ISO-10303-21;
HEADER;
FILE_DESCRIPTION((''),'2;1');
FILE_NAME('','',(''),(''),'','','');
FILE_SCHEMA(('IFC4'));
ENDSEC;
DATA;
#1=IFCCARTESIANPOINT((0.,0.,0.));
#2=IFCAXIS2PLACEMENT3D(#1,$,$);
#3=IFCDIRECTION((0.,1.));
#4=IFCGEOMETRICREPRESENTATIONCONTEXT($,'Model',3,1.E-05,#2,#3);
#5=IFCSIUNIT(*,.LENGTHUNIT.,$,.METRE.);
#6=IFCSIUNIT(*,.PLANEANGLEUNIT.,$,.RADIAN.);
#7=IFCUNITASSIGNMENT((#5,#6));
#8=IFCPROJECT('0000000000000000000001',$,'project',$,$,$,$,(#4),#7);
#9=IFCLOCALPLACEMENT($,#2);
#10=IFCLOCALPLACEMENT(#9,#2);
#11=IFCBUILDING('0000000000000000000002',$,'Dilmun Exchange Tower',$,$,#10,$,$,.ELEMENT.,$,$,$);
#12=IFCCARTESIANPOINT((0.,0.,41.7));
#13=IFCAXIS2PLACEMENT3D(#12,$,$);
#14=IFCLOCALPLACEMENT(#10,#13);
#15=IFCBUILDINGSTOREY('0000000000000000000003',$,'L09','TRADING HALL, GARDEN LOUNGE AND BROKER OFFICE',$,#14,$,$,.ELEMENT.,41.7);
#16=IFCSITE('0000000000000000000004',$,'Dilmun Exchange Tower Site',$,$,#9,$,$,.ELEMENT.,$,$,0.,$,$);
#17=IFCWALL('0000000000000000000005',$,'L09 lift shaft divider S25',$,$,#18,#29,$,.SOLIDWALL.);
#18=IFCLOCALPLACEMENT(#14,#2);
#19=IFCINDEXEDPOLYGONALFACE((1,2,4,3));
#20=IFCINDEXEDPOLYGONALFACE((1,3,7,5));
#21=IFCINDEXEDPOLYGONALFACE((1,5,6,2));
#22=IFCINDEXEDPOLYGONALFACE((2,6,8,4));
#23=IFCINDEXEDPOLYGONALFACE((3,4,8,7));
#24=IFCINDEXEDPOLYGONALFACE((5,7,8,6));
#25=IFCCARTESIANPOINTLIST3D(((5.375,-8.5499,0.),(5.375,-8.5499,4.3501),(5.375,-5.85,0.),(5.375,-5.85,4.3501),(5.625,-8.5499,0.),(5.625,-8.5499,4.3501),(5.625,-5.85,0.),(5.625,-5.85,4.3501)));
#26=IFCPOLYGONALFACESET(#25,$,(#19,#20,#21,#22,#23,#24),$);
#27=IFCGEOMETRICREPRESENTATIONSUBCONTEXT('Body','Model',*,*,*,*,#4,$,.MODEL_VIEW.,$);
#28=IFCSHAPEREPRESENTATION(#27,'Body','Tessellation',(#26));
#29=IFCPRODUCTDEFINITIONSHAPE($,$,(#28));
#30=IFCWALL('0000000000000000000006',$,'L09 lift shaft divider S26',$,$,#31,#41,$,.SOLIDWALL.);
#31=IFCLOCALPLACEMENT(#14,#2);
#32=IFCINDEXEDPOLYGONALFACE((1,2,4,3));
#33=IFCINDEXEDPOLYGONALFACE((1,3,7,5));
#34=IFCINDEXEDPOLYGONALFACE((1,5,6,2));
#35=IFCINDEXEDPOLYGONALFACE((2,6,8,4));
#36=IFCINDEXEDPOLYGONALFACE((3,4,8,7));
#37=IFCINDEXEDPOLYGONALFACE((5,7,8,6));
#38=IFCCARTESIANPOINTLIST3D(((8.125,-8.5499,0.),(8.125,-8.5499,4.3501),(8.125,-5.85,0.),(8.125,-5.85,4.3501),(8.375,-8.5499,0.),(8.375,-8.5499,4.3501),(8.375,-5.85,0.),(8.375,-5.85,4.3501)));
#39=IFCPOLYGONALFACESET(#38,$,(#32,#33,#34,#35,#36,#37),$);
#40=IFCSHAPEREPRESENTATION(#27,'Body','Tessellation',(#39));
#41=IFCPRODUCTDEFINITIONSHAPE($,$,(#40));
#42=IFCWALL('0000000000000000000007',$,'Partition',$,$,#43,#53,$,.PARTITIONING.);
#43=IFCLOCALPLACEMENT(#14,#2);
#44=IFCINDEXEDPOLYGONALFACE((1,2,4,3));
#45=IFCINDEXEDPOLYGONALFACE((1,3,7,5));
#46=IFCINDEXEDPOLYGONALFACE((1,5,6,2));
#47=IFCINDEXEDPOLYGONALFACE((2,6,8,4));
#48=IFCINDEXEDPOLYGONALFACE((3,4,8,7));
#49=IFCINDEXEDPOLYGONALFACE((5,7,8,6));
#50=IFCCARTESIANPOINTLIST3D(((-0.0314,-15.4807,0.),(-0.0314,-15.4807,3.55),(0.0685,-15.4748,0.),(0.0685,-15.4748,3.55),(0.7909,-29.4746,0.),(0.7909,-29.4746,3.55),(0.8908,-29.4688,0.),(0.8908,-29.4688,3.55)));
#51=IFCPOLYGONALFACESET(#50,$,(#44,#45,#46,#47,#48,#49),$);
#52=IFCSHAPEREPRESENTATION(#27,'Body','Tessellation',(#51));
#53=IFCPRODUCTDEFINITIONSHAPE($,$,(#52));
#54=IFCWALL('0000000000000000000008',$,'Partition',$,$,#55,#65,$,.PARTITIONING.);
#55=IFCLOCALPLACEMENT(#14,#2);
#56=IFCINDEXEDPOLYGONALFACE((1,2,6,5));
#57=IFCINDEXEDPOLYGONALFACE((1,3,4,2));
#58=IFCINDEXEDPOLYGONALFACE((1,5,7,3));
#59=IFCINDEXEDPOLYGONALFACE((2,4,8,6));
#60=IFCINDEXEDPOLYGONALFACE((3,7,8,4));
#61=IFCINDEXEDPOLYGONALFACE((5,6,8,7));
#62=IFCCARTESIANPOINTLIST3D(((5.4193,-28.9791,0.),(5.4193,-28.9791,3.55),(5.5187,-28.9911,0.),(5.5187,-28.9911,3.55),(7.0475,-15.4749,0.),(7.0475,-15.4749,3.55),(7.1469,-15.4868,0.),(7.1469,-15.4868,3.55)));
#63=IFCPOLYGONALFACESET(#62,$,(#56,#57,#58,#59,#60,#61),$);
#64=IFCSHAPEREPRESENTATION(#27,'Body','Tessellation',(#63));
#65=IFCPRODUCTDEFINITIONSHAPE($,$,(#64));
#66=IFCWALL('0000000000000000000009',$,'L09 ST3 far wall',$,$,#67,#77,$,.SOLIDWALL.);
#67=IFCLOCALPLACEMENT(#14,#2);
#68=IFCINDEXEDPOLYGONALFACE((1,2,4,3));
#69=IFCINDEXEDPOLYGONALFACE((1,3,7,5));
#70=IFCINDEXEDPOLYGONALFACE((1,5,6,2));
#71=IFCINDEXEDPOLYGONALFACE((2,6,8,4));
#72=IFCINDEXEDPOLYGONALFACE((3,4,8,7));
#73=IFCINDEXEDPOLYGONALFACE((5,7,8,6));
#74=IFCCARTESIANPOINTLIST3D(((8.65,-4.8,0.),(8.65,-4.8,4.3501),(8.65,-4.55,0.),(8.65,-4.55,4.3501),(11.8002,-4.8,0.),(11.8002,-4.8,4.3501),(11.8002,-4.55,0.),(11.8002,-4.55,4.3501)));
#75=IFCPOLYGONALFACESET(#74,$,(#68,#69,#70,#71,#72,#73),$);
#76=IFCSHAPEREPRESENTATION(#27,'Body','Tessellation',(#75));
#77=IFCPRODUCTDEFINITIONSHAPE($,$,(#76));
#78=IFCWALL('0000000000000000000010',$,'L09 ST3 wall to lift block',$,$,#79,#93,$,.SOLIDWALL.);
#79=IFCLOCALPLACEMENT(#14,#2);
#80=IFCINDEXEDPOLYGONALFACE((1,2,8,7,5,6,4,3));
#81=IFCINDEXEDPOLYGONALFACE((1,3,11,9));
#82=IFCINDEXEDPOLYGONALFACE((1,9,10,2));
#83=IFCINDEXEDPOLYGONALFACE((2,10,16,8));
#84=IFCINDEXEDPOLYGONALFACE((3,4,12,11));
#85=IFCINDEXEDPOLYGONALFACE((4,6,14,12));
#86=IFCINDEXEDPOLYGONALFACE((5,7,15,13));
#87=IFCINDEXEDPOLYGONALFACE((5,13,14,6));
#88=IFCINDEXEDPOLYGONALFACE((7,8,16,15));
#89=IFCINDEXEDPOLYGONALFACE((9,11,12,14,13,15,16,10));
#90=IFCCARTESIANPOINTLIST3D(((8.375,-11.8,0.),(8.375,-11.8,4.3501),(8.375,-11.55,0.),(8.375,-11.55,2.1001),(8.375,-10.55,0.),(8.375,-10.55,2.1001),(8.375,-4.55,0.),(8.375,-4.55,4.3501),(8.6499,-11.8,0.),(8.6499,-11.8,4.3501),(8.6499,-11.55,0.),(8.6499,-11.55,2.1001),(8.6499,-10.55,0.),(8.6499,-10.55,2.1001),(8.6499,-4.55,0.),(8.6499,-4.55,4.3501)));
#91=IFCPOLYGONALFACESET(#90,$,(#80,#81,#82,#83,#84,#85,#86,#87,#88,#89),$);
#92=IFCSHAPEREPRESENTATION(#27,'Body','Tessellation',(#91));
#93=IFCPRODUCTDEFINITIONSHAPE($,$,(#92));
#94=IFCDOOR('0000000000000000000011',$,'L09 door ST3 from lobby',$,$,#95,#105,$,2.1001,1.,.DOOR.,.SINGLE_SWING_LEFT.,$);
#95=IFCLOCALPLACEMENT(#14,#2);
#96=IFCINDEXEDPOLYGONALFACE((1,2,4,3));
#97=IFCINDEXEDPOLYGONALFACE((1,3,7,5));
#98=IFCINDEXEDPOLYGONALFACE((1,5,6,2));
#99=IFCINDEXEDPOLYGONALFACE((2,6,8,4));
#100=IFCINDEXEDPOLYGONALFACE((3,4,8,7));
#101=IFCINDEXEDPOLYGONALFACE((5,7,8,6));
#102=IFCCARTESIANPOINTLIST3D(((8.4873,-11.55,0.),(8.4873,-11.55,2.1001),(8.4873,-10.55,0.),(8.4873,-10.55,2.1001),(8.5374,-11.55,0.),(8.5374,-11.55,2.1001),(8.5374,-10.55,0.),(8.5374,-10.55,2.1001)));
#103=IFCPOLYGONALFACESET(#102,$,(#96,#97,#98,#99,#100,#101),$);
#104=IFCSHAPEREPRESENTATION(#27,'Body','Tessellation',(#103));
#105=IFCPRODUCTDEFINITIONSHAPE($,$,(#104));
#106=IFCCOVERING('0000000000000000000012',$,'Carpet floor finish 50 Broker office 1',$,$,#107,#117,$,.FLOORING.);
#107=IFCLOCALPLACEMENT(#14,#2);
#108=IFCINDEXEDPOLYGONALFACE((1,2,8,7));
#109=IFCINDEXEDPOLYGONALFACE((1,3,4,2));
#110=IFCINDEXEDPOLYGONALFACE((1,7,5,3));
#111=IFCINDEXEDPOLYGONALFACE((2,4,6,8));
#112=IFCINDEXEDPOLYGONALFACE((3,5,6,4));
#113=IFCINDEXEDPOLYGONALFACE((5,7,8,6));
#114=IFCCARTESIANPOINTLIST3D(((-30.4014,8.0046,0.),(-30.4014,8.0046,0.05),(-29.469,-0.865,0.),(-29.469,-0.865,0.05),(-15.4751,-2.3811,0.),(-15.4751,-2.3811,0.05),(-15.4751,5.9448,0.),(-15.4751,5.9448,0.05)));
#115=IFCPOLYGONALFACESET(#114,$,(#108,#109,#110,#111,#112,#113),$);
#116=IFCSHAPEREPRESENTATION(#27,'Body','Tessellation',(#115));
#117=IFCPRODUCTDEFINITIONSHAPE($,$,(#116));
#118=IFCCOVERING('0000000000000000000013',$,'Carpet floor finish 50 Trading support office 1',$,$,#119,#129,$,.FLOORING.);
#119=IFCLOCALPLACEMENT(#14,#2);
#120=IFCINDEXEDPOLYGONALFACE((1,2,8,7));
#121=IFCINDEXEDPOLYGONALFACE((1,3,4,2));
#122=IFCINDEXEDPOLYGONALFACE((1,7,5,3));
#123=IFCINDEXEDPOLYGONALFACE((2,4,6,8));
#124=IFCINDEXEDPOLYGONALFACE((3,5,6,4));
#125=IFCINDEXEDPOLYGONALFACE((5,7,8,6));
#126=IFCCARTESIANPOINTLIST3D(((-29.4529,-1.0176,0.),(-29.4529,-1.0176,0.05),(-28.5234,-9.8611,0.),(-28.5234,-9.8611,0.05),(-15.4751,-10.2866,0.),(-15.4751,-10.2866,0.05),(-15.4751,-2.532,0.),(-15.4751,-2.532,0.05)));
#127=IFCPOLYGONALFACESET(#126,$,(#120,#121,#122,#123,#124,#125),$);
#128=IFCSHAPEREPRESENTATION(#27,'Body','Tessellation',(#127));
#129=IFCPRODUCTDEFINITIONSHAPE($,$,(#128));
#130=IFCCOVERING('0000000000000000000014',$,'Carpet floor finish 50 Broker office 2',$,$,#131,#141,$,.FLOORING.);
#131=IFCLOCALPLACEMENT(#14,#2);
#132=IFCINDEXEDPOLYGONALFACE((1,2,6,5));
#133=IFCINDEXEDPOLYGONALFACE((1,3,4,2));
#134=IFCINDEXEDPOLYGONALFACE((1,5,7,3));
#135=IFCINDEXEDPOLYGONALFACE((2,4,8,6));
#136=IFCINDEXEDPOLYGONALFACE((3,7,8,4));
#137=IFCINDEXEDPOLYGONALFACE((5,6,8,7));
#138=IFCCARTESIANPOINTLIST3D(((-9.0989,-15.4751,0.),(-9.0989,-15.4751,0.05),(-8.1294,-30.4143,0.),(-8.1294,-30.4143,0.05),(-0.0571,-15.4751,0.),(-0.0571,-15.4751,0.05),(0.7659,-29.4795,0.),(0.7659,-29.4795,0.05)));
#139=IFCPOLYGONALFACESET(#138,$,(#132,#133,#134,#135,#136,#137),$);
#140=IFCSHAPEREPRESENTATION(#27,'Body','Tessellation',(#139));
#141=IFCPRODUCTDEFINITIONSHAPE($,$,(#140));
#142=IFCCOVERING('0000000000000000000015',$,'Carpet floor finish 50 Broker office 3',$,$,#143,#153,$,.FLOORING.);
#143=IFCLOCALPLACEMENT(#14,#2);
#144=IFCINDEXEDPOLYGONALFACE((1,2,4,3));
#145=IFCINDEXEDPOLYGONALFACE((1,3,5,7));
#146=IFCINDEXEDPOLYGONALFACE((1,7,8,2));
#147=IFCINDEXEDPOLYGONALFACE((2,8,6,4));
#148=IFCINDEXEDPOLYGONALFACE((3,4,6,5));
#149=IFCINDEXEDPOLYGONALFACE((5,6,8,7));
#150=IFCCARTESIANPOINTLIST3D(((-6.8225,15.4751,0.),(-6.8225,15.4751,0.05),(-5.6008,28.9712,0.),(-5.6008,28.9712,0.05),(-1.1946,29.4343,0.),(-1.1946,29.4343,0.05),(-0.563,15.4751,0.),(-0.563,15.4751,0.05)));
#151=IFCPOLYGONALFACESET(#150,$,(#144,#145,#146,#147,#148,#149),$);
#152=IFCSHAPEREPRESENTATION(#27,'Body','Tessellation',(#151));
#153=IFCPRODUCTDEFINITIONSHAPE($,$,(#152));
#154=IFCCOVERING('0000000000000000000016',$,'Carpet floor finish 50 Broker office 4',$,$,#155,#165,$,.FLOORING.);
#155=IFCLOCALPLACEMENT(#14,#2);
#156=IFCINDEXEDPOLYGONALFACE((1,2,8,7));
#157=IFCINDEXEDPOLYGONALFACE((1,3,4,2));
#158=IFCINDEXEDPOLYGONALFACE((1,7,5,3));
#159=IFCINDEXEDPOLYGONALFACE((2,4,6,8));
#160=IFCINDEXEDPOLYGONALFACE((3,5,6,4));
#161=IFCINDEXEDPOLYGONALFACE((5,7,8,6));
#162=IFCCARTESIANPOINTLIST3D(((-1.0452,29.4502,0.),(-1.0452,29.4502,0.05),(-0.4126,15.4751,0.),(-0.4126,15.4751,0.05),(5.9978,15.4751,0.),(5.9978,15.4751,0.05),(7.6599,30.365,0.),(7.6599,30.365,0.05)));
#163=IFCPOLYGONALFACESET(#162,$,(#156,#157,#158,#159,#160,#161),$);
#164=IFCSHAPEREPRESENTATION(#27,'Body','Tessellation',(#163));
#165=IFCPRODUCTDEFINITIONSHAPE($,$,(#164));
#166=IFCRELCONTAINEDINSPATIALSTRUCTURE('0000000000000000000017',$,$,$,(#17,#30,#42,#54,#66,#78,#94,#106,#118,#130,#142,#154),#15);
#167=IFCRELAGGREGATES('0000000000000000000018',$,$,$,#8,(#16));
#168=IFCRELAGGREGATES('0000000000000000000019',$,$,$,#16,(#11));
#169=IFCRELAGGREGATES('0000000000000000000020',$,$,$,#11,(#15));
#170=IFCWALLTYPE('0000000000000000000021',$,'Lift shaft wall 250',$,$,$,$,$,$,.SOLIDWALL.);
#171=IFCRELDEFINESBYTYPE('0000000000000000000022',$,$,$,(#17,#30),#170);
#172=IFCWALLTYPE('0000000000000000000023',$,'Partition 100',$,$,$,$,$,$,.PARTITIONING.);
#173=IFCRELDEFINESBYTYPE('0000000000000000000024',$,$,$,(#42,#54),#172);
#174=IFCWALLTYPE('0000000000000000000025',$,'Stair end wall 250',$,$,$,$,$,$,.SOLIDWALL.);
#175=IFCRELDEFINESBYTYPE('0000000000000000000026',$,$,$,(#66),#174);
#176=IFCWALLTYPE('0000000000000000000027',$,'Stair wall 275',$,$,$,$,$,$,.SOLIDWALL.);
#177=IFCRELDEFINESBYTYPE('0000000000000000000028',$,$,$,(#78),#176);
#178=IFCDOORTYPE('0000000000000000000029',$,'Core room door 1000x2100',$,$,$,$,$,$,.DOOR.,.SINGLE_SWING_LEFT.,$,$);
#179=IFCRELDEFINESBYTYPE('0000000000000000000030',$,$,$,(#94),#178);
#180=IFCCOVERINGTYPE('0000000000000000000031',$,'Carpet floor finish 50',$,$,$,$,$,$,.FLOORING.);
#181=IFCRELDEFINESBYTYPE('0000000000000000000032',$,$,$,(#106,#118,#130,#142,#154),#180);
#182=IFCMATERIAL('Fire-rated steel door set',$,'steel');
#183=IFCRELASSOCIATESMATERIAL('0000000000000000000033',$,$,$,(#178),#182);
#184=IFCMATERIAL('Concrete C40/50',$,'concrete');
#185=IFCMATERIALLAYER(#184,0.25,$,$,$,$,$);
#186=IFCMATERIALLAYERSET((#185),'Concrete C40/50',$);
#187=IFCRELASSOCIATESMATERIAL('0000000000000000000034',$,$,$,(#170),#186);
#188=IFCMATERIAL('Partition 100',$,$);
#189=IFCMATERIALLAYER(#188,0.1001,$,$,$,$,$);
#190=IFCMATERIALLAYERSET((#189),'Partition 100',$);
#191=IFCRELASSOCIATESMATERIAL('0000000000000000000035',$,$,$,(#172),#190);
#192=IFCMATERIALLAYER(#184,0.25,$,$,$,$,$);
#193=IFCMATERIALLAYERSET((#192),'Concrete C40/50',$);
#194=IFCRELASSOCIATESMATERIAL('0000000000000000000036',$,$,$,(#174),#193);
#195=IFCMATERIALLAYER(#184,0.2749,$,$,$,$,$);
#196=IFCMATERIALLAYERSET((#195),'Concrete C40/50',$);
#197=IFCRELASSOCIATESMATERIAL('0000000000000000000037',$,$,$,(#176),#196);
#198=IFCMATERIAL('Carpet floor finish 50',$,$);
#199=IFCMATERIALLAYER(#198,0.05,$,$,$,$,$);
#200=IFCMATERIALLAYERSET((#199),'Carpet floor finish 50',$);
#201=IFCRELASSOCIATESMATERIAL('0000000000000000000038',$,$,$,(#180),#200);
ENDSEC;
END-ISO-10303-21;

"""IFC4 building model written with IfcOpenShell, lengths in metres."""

from ifc_helpers import new_model, si_unit, direction, frame, frame_2d, origin, place, context, subcontext, project, spatial, polyline, rectangle, outline, extrude, material, layer, layer_set, type_object, element, fill, save


model = new_model("IFC4")

# Units and contexts
model_context = context("Model", 3, precision=1e-05, world=origin(), true_north=direction((0.0, 1.0)))
body_context = subcontext(model_context, "Body", "Model", "MODEL_VIEW")
ifc_project = project(units=[si_unit("LENGTHUNIT", "METRE"), si_unit("PLANEANGLEUNIT", "RADIAN")], contexts=[model_context])

# Site, building, storey
site_placement = place(None, origin())
site = spatial("IfcSite", under=ifc_project, at=site_placement, Name="Dilmun Exchange Tower Site", CompositionType="ELEMENT", RefElevation=0.0)
building_placement = place(site_placement, origin())
building = spatial("IfcBuilding", under=site, at=building_placement, Name="Dilmun Exchange Tower", CompositionType="ELEMENT")
storey_placement = place(building_placement, frame((0.0, 0.0, 41.7)))
storey = spatial("IfcBuildingStorey", under=building, at=storey_placement, Name="L09", Description="TRADING HALL, GARDEN LOUNGE AND BROKER OFFICE", CompositionType="ELEMENT", Elevation=41.7)

# Shared definitions
ifc_material_1 = material(Name="Concrete C40/50", Category="concrete")

# Shared definitions
ifc_material_2 = material(Name="Fire-rated steel door set", Category="steel")
door_type_1 = type_object("IfcDoorType", Name="Core room door 1000x2100", OperationType="SINGLE_SWING_LEFT", PredefinedType="DOOR", material=ifc_material_2)

# Walls
ifc_layer_1 = layer(ifc_material_1, 0.25)
ifc_layer_set_1 = layer_set([ifc_layer_1], Name="Concrete C40/50")
wall_type_1 = type_object("IfcWallType", Name="Lift shaft wall 250", PredefinedType="SOLIDWALL", material=ifc_layer_set_1)
for number, where, z_axis, x_axis, name in (
    (1, (5.5, -8.55, 0.0), (0.0, 0.0, 1.0), (0.0, 1.0, 0.0), "L09 lift shaft divider S25"),
    (2, (8.25, -8.55, 0.0), (0.0, 0.0, 1.0), (0.0, 1.0, 0.0), "L09 lift shaft divider S26"),
):
    element("IfcWall", number, at=place(storey_placement, frame(where, z_axis=z_axis, x_axis=x_axis)), inside=storey, type_object=wall_type_1, Name=name, PredefinedType="SOLIDWALL", context=body_context, shape_type="SweptSolid", body=[
        extrude(rectangle(XDim=2.7, YDim=0.25, at=frame_2d((1.3501, 0.0))), origin(), (0.0, 0.0, 1.0), 4.3501),
    ])
ifc_material_3 = material(Name="Partition 100")
ifc_layer_2 = layer(ifc_material_3, 0.1001)
ifc_layer_set_2 = layer_set([ifc_layer_2], Name="Partition 100")
wall_type_2 = type_object("IfcWallType", Name="Partition 100", PredefinedType="PARTITIONING", material=ifc_layer_set_2)
wall_1_placement = place(storey_placement, frame((0.0186, -15.4778, 0.0), z_axis=(0.0, 0.0, 1.0), x_axis=(0.058658, -0.998278, 0.0)))
element("IfcWall", 3, at=wall_1_placement, inside=storey, type_object=wall_type_2, Name="Partition", PredefinedType="PARTITIONING", context=body_context, shape_type="SweptSolid", body=[
    extrude(rectangle(XDim=14.0181, YDim=0.1001, at=frame_2d((7.009, 0.0))), origin(), (0.0, 0.0, 1.0), 3.55),
])
wall_2_placement = place(storey_placement, frame((5.469, -28.9851, 0.0), z_axis=(0.0, 0.0, 1.0), x_axis=(0.119702, 0.99281, 0.0)))
element("IfcWall", 4, at=wall_2_placement, inside=storey, type_object=wall_type_2, Name="Partition", PredefinedType="PARTITIONING", context=body_context, shape_type="SweptSolid", body=[
    extrude(rectangle(XDim=13.6021, YDim=0.1001, at=frame_2d((6.801, 0.0))), origin(), (0.0, 0.0, 1.0), 3.55),
])
ifc_layer_3 = layer(ifc_material_1, 0.25)
ifc_layer_set_3 = layer_set([ifc_layer_3], Name="Concrete C40/50")
wall_type_3 = type_object("IfcWallType", Name="Stair end wall 250", PredefinedType="SOLIDWALL", material=ifc_layer_set_3)
wall_3_placement = place(storey_placement, frame((8.6499, -4.675, 0.0), z_axis=(0.0, 0.0, 1.0), x_axis=(1.0, 0.0, 0.0)))
element("IfcWall", 5, at=wall_3_placement, inside=storey, type_object=wall_type_3, Name="L09 ST3 far wall", PredefinedType="SOLIDWALL", context=body_context, shape_type="SweptSolid", body=[
    extrude(rectangle(XDim=3.1501, YDim=0.25, at=frame_2d((1.5752, 0.0))), origin(), (0.0, 0.0, 1.0), 4.3501),
])

# Wall, opening, door
ifc_layer_4 = layer(ifc_material_1, 0.2749)
ifc_layer_set_4 = layer_set([ifc_layer_4], Name="Concrete C40/50")
wall_type_4 = type_object("IfcWallType", Name="Stair wall 275", PredefinedType="SOLIDWALL", material=ifc_layer_set_4)
wall_4_placement = place(storey_placement, frame((8.5125, -4.55, 0.0), z_axis=(0.0, 0.0, 1.0), x_axis=(0.0, -1.0, 0.0)))
wall_4 = element("IfcWall", 6, at=wall_4_placement, inside=storey, type_object=wall_type_4, Name="L09 ST3 wall to lift block", PredefinedType="SOLIDWALL", context=body_context, shape_type="SweptSolid", body=[
    extrude(rectangle(XDim=7.25, YDim=0.2749, at=frame_2d((3.625, 0.0))), origin(), (0.0, 0.0, 1.0), 4.3501),
])
opening_1_placement = place(wall_4_placement, frame((6.0, 0.0, 0.0)))
opening_1 = element("IfcOpeningElement", 7, at=opening_1_placement, cuts=wall_4, PredefinedType="OPENING", context=body_context, shape_type="SweptSolid", body=[
    extrude(rectangle(XDim=1.0, YDim=2.1001, at=frame_2d((0.5, 1.05))), frame((0.0, 0.1475, 0.0), z_axis=(0.0, -1.0, 0.0), x_axis=(1.0, 0.0, 0.0)), (0.0, 0.0, 1.0), 0.2949),
])
door_1_placement = place(opening_1_placement, origin())
door_1 = element("IfcDoor", 8, at=door_1_placement, inside=storey, type_object=door_type_1, Name="L09 door ST3 from lobby", OperationType="SINGLE_SWING_LEFT", OverallHeight=2.1001, OverallWidth=1.0, PredefinedType="DOOR", context=body_context, shape_type="SweptSolid", body=[
    extrude(rectangle(XDim=1.0, YDim=2.1001, at=frame_2d((0.5, 1.05))), frame((0.0, 0.0249, 0.0), z_axis=(0.0, -1.0, 0.0), x_axis=(1.0, 0.0, 0.0)), (0.0, 0.0, 1.0), 0.05),
])
fill(opening_1, door_1)

# Coverings
ifc_material_4 = material(Name="Carpet floor finish 50")
ifc_layer_5 = layer(ifc_material_4, 0.05)
ifc_layer_set_5 = layer_set([ifc_layer_5], Name="Carpet floor finish 50")
covering_type_1 = type_object("IfcCoveringType", Name="Carpet floor finish 50", PredefinedType="FLOORING", material=ifc_layer_set_5)
covering_1_placement = place(storey_placement, origin())
element("IfcCovering", 9, at=covering_1_placement, inside=storey, type_object=covering_type_1, Name="Carpet floor finish 50 Broker office 1", PredefinedType="FLOORING", context=body_context, shape_type="SweptSolid", body=[
    extrude(outline(polyline([(-15.4751, 5.9448), (-15.4751, -2.3811), (-29.469, -0.865), (-30.4014, 8.0046), (-15.4751, 5.9448)])), origin(), (0.0, 0.0, 1.0), 0.05),
])
covering_2_placement = place(storey_placement, origin())
element("IfcCovering", 10, at=covering_2_placement, inside=storey, type_object=covering_type_1, Name="Carpet floor finish 50 Trading support office 1", PredefinedType="FLOORING", context=body_context, shape_type="SweptSolid", body=[
    extrude(outline(polyline([(-15.4751, -2.532), (-15.4751, -10.2866), (-28.5234, -9.8611), (-29.4529, -1.0176), (-15.4751, -2.532)])), origin(), (0.0, 0.0, 1.0), 0.05),
])
covering_3_placement = place(storey_placement, origin())
element("IfcCovering", 11, at=covering_3_placement, inside=storey, type_object=covering_type_1, Name="Carpet floor finish 50 Broker office 2", PredefinedType="FLOORING", context=body_context, shape_type="SweptSolid", body=[
    extrude(outline(polyline([(-9.0989, -15.4751), (-0.0571, -15.4751), (0.7659, -29.4795), (-8.1294, -30.4143), (-9.0989, -15.4751)])), origin(), (0.0, 0.0, 1.0), 0.05),
])
covering_4_placement = place(storey_placement, origin())
element("IfcCovering", 12, at=covering_4_placement, inside=storey, type_object=covering_type_1, Name="Carpet floor finish 50 Broker office 3", PredefinedType="FLOORING", context=body_context, shape_type="SweptSolid", body=[
    extrude(outline(polyline([(-0.563, 15.4751), (-6.8225, 15.4751), (-5.6008, 28.9712), (-1.1946, 29.4343), (-0.563, 15.4751)])), origin(), (0.0, 0.0, 1.0), 0.05),
])
covering_5_placement = place(storey_placement, origin())
element("IfcCovering", 13, at=covering_5_placement, inside=storey, type_object=covering_type_1, Name="Carpet floor finish 50 Broker office 4", PredefinedType="FLOORING", context=body_context, shape_type="SweptSolid", body=[
    extrude(outline(polyline([(5.9978, 15.4751), (-0.4126, 15.4751), (-1.0452, 29.4502), (7.6599, 30.365), (5.9978, 15.4751)])), origin(), (0.0, 0.0, 1.0), 0.05),
])

save(model, "model.ifc")
